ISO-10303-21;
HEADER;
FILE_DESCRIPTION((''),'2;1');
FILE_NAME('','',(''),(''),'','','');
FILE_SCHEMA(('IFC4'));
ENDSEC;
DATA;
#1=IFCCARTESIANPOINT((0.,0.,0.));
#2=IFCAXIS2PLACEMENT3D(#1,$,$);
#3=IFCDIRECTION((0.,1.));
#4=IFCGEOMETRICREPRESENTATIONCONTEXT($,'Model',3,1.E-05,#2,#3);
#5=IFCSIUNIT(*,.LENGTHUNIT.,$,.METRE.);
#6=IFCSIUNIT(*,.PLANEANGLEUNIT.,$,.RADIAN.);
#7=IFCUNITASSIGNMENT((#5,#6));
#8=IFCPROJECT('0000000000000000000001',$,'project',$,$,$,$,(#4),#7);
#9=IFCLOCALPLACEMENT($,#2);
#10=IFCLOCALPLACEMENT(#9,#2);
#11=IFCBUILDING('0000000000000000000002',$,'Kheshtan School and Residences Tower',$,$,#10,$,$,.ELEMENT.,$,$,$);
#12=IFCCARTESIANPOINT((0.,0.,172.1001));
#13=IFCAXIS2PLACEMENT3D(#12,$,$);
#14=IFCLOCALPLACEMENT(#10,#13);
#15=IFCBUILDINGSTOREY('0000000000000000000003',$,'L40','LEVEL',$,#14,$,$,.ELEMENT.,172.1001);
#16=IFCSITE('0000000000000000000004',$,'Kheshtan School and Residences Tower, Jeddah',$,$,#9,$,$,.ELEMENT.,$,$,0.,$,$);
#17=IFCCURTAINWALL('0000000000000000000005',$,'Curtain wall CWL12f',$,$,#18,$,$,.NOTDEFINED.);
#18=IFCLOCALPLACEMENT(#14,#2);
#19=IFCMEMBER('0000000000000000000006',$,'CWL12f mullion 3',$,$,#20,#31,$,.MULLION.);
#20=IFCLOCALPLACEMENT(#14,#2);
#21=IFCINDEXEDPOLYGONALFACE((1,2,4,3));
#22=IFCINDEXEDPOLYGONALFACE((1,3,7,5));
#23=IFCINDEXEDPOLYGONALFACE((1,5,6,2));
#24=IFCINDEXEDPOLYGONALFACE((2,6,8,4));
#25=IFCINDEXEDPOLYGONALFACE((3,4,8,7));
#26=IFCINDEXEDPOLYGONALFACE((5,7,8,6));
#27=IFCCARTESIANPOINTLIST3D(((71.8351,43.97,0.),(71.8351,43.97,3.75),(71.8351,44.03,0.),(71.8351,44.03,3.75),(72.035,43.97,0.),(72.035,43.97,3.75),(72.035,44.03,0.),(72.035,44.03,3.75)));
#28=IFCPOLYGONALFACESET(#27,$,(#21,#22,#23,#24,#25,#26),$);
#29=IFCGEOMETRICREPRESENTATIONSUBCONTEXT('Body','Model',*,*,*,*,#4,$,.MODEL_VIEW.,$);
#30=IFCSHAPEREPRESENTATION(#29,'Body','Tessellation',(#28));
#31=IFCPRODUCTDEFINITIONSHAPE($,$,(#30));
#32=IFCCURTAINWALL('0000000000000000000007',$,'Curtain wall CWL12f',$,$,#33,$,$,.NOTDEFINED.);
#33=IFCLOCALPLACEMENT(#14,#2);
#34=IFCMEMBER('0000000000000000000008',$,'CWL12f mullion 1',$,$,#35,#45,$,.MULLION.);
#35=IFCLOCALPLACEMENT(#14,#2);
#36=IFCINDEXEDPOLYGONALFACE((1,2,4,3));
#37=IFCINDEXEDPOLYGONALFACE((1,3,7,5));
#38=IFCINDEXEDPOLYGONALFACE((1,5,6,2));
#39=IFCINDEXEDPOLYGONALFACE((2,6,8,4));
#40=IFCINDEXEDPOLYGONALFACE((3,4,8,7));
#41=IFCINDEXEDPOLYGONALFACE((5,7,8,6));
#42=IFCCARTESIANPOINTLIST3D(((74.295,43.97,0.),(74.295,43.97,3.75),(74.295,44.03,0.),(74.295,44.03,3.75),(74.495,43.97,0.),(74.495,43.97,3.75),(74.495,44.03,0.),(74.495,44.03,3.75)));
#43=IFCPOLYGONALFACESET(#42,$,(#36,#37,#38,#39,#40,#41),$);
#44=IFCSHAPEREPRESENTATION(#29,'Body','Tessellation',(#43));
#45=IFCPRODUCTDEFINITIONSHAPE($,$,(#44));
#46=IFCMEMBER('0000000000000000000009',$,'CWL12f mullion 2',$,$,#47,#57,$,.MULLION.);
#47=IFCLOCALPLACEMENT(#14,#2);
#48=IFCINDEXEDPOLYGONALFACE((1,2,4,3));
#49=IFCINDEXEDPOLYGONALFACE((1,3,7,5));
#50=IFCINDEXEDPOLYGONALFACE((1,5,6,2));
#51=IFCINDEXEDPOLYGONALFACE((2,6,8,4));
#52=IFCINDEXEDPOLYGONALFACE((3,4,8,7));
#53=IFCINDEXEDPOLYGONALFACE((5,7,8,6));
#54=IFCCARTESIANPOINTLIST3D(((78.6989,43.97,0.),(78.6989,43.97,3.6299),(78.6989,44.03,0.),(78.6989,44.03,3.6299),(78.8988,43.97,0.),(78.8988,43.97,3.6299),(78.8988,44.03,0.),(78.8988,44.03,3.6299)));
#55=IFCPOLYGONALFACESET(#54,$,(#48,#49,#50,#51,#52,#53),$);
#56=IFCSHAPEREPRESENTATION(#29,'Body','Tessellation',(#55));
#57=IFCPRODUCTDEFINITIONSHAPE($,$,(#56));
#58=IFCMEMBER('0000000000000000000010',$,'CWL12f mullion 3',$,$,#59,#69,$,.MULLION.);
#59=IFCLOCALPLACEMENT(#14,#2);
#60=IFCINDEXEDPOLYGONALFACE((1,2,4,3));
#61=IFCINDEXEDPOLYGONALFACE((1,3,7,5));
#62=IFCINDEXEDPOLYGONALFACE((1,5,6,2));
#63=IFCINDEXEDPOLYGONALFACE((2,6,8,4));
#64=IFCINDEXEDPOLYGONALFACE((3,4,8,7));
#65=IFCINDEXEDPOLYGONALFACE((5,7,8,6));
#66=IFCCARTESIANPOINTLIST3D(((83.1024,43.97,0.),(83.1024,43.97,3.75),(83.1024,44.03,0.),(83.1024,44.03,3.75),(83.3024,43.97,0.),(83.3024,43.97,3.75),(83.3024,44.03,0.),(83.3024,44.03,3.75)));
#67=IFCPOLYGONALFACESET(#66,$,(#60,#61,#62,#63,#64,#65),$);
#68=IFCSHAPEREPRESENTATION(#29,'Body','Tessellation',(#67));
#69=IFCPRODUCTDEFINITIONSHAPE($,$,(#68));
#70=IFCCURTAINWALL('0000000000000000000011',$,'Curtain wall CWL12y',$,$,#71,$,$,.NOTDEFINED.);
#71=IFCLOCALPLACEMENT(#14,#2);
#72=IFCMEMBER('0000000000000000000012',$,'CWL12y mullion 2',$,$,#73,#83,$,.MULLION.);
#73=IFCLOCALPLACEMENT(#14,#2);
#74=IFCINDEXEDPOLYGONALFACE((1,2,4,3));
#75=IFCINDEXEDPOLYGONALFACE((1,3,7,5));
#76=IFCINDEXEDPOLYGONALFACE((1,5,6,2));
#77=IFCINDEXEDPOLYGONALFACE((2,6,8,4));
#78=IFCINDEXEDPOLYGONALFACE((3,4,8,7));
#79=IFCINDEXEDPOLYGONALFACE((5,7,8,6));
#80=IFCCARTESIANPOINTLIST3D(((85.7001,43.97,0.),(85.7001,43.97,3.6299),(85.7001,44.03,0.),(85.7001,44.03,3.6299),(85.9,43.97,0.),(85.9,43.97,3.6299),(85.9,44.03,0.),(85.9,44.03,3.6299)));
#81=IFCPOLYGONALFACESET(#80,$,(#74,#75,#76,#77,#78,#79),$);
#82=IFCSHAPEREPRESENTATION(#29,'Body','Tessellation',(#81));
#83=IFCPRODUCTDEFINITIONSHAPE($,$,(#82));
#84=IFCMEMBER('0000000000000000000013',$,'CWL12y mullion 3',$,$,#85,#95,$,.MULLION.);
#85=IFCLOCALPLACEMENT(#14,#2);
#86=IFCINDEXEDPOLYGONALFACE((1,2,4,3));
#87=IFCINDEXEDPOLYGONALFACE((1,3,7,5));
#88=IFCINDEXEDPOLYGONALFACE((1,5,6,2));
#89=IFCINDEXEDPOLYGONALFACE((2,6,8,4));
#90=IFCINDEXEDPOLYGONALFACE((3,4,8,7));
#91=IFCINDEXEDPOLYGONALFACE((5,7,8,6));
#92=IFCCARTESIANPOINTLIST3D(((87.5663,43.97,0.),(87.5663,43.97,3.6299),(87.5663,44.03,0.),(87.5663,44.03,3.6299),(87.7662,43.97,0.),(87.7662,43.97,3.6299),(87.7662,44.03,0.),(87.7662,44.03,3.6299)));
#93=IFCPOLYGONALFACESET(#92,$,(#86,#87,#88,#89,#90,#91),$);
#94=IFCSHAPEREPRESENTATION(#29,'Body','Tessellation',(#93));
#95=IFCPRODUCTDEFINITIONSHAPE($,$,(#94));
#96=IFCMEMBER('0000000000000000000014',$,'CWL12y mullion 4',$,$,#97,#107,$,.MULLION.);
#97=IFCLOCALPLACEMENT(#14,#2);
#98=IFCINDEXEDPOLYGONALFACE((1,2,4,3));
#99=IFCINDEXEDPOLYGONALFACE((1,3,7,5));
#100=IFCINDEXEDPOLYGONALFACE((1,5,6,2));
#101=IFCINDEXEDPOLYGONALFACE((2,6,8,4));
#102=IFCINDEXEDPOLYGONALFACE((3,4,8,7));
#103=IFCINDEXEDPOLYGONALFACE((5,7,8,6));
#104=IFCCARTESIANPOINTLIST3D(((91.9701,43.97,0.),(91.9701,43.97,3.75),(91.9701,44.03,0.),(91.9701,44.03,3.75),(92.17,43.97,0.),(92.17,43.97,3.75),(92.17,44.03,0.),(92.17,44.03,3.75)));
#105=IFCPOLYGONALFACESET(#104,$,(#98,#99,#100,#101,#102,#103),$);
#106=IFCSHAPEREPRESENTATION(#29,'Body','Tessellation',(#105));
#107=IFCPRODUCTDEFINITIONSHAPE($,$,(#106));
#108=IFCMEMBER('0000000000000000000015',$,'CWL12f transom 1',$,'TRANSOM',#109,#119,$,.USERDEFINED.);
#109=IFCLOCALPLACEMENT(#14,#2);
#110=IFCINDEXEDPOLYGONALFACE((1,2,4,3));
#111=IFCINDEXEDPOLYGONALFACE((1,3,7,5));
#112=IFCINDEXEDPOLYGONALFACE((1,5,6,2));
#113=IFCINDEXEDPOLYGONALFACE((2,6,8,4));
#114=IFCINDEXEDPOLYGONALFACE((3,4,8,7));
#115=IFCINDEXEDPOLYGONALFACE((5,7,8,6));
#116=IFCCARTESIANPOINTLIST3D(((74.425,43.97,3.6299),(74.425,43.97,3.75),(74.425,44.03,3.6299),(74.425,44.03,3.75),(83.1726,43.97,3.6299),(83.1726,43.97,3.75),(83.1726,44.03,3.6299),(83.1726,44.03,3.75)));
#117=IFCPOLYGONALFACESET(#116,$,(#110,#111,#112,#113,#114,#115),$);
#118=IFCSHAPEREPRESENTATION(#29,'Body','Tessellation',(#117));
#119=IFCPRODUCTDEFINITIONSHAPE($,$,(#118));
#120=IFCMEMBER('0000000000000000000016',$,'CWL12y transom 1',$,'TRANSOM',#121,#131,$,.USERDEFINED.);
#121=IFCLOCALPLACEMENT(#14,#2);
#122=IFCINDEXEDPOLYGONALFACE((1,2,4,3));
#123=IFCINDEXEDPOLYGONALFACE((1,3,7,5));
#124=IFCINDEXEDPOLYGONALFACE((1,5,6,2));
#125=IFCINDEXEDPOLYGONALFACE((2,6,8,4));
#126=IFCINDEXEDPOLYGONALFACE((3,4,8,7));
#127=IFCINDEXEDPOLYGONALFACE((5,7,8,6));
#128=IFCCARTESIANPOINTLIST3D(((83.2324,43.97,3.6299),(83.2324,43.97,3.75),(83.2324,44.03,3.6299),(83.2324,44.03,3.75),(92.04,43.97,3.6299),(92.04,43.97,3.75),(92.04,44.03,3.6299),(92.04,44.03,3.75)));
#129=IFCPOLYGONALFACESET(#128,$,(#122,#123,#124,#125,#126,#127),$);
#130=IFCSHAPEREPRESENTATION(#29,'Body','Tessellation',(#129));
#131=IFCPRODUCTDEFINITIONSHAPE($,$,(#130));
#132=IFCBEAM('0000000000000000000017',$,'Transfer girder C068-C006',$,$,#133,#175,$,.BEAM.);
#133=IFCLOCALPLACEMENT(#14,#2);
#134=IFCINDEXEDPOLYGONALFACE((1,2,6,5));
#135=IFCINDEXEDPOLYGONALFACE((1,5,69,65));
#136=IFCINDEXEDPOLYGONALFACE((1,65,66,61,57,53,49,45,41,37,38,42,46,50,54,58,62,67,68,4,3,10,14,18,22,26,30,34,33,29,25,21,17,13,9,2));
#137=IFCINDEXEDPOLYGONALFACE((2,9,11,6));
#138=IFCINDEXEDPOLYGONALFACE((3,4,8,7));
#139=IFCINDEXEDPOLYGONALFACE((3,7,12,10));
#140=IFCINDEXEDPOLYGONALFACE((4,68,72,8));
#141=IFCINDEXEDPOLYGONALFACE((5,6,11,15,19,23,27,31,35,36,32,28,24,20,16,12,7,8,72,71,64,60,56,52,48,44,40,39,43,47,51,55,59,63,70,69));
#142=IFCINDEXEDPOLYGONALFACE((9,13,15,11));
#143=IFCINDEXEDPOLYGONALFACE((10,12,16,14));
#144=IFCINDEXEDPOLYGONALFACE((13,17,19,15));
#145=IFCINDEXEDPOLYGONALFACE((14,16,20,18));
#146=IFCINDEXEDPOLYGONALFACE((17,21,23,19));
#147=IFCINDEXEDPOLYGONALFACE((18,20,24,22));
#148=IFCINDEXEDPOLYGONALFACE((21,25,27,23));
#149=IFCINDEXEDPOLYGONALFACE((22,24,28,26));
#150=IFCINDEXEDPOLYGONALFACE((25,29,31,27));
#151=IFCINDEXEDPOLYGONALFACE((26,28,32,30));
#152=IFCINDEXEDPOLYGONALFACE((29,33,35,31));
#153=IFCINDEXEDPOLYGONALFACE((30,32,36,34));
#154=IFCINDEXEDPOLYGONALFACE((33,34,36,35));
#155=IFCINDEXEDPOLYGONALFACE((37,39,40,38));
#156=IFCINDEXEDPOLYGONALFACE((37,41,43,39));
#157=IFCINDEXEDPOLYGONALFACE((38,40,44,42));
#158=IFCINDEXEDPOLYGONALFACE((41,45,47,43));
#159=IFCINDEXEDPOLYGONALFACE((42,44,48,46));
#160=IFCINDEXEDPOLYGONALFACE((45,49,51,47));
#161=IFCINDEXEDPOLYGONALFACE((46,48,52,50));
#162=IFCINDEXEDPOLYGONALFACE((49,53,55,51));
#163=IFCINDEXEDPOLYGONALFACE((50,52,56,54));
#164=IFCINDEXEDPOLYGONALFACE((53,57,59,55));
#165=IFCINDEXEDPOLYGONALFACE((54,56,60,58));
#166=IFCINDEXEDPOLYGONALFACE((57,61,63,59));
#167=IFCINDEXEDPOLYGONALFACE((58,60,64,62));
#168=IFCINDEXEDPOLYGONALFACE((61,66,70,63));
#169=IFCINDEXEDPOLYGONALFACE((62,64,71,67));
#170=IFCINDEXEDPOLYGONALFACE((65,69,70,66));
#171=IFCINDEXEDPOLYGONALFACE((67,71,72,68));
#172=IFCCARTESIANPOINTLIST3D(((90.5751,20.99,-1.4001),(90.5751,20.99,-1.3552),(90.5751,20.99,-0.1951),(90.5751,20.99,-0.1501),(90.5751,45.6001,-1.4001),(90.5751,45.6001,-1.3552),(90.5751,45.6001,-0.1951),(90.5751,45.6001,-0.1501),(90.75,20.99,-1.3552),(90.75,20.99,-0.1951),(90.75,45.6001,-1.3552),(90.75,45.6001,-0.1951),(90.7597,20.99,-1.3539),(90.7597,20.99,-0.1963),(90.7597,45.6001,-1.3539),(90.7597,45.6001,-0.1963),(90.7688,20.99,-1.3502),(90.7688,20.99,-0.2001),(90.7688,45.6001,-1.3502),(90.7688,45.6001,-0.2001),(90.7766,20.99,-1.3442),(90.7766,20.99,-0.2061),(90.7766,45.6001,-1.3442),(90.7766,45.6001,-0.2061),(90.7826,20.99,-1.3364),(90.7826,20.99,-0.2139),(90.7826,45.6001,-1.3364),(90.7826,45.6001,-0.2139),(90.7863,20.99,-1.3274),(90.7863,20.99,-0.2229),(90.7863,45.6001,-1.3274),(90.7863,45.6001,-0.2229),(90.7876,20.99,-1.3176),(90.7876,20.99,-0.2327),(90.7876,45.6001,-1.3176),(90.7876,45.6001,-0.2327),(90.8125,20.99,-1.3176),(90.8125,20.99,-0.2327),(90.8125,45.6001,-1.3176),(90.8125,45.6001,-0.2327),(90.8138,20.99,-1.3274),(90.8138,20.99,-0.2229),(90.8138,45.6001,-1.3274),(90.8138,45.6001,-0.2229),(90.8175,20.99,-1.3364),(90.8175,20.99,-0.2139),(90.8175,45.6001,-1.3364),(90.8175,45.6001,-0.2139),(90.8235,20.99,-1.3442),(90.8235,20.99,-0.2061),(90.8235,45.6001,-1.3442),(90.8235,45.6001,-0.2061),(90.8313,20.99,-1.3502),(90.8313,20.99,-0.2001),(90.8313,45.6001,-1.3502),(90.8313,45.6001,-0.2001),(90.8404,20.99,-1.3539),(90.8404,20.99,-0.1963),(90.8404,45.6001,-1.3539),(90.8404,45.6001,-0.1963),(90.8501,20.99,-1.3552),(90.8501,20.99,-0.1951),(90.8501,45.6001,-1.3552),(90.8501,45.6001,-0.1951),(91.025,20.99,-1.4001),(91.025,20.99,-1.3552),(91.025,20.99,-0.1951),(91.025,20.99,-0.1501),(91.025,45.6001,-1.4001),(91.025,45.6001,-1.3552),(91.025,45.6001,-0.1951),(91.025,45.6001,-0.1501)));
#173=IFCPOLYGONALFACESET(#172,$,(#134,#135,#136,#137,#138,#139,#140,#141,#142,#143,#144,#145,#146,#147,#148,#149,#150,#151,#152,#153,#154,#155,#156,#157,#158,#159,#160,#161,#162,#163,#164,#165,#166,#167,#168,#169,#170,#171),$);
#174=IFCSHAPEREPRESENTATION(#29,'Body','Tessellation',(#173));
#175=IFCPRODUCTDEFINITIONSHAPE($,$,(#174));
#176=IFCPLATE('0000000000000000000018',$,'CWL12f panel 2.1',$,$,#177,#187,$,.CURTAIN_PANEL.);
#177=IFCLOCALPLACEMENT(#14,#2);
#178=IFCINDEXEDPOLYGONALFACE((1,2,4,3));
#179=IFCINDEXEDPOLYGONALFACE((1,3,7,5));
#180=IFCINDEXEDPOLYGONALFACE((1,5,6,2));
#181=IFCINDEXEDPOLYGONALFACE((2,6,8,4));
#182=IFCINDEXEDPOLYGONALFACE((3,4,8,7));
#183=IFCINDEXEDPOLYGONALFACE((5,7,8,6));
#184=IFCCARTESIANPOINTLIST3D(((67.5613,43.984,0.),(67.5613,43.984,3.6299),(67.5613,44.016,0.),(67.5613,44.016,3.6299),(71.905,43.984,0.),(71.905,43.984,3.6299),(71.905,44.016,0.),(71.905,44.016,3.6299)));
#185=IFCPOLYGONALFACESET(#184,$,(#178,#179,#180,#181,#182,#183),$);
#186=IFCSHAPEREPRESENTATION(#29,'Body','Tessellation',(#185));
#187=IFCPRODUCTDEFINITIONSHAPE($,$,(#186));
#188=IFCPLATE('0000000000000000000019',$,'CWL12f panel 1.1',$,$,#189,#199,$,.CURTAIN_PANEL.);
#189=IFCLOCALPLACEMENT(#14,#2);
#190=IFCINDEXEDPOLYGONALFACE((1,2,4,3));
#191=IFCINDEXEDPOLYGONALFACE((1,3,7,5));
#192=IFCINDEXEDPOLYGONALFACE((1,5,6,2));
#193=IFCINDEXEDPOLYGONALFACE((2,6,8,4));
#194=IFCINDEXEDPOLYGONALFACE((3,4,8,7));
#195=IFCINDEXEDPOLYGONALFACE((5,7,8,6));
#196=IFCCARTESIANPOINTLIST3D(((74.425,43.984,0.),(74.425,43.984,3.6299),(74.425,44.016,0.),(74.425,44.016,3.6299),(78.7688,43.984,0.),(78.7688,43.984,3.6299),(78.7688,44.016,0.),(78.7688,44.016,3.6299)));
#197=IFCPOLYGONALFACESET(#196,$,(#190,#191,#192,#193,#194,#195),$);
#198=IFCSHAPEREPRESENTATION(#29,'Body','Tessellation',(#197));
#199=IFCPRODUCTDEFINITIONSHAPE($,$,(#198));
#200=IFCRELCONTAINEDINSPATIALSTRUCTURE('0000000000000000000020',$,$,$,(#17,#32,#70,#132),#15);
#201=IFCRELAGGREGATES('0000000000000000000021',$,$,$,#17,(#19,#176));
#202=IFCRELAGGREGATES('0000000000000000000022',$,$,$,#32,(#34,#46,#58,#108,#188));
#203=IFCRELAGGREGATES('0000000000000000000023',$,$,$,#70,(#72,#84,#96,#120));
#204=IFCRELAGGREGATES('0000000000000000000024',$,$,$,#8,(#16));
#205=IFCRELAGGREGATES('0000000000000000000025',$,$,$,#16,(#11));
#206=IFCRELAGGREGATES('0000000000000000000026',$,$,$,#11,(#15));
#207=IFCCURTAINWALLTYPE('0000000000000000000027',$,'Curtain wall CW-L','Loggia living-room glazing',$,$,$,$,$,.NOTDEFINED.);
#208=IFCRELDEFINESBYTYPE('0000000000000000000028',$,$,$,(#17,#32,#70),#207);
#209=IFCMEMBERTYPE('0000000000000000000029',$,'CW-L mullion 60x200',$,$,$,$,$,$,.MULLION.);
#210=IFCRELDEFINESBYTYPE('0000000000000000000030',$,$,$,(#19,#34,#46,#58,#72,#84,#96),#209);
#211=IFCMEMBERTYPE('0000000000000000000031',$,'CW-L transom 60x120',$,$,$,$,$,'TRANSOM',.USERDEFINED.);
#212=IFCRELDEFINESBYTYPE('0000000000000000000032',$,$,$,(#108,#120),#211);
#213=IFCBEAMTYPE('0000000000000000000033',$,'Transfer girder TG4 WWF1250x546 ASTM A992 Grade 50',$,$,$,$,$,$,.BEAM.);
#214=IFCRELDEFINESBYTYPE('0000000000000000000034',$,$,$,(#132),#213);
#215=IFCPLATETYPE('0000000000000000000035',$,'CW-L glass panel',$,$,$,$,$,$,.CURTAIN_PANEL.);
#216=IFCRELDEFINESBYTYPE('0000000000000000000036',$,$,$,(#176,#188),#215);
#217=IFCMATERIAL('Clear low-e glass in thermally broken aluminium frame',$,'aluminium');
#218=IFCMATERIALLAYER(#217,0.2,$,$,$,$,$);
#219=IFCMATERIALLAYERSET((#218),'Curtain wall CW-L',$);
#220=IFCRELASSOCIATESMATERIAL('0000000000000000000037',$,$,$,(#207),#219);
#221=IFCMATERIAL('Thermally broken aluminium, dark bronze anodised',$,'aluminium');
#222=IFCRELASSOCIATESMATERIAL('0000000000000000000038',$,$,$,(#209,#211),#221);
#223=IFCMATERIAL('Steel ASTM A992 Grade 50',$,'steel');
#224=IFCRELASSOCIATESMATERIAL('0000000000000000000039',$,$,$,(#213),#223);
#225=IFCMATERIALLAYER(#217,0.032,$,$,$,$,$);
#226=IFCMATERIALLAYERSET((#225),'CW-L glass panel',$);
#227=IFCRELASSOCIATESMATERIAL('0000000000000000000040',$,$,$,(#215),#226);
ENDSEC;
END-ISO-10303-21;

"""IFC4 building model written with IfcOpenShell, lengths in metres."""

from ifc_helpers import new_model, si_unit, direction, frame, origin, origin_2d, place, context, subcontext, project, spatial, rectangle, i_section, extrude, material, layer, layer_set, material_profile, profile_set, type_object, element, aggregate, save


model = new_model("IFC4")

# Units and contexts
model_context = context("Model", 3, precision=1e-05, world=origin(), true_north=direction((0.0, 1.0)))
body_context = subcontext(model_context, "Body", "Model", "MODEL_VIEW")
ifc_project = project(units=[si_unit("LENGTHUNIT", "METRE"), si_unit("PLANEANGLEUNIT", "RADIAN")], contexts=[model_context])

# Site, building, storey
site_placement = place(None, origin())
site = spatial("IfcSite", under=ifc_project, at=site_placement, Name="Kheshtan School and Residences Tower, Jeddah", CompositionType="ELEMENT", RefElevation=0.0)
building_placement = place(site_placement, origin())
building = spatial("IfcBuilding", under=site, at=building_placement, Name="Kheshtan School and Residences Tower", CompositionType="ELEMENT")
storey_placement = place(building_placement, frame((0.0, 0.0, 172.1001)))
storey = spatial("IfcBuildingStorey", under=building, at=storey_placement, Name="L40", Description="LEVEL", CompositionType="ELEMENT", Elevation=172.1001)

# Shared definitions
ifc_material_1 = material(Name="Steel ASTM A992 Grade 50", Category="steel")

# Curtain wall, member
ifc_material_2 = material(Name="Clear low-e glass in thermally broken aluminium frame", Category="aluminium")
ifc_layer_1 = layer(ifc_material_2, 0.2)
ifc_layer_set_1 = layer_set([ifc_layer_1], Name="Curtain wall CW-L")
curtain_wall_type = type_object("IfcCurtainWallType", Name="Curtain wall CW-L", Description="Loggia living-room glazing", PredefinedType="NOTDEFINED", material=ifc_layer_set_1)
curtain_wall_1_placement = place(storey_placement, origin())
curtain_wall_1 = element("IfcCurtainWall", 1, at=curtain_wall_1_placement, inside=storey, type_object=curtain_wall_type, Name="Curtain wall CWL12f", PredefinedType="NOTDEFINED")
ifc_material_3 = material(Name="Thermally broken aluminium, dark bronze anodised", Category="aluminium")
ifc_material_profile_1 = material_profile(ifc_material_3, rectangle(XDim=0.0601, YDim=0.2, at=origin_2d()), Name="CW-L mullion 60x200")
ifc_profile_set_1 = profile_set([ifc_material_profile_1], Name="Thermally broken aluminium, dark bronze anodised")
member_type_1 = type_object("IfcMemberType", Name="CW-L mullion 60x200", PredefinedType="MULLION", material=ifc_profile_set_1)
member_1_placement = place(storey_placement, frame((71.9351, 44.0, 0.0), z_axis=(0.0, 0.0, 1.0), x_axis=(0.0, 1.0, 0.0)))
member_1 = element("IfcMember", 2, at=member_1_placement, type_object=member_type_1, Name="CWL12f mullion 3", PredefinedType="MULLION", context=body_context, shape_type="SweptSolid", body=[
    extrude(rectangle(XDim=0.0601, YDim=0.2, at=origin_2d()), origin(), (0.0, 0.0, 1.0), 3.75),
])

# Curtain walls, members
curtain_wall_2_placement = place(storey_placement, origin())
curtain_wall_2 = element("IfcCurtainWall", 3, at=curtain_wall_2_placement, inside=storey, type_object=curtain_wall_type, Name="Curtain wall CWL12f", PredefinedType="NOTDEFINED")
member_2_placement = place(storey_placement, frame((74.395, 44.0, 0.0), z_axis=(0.0, 0.0, 1.0), x_axis=(0.0, 1.0, 0.0)))
member_2 = element("IfcMember", 4, at=member_2_placement, type_object=member_type_1, Name="CWL12f mullion 1", PredefinedType="MULLION", context=body_context, shape_type="SweptSolid", body=[
    extrude(rectangle(XDim=0.0601, YDim=0.2, at=origin_2d()), origin(), (0.0, 0.0, 1.0), 3.75),
])
member_3_placement = place(storey_placement, frame((78.7988, 44.0, 0.0), z_axis=(0.0, 0.0, 1.0), x_axis=(0.0, 1.0, 0.0)))
member_3 = element("IfcMember", 5, at=member_3_placement, type_object=member_type_1, Name="CWL12f mullion 2", PredefinedType="MULLION", context=body_context, shape_type="SweptSolid", body=[
    extrude(rectangle(XDim=0.0601, YDim=0.2, at=origin_2d()), origin(), (0.0, 0.0, 1.0), 3.6299),
])
member_4_placement = place(storey_placement, frame((83.2024, 44.0, 0.0), z_axis=(0.0, 0.0, 1.0), x_axis=(0.0, 1.0, 0.0)))
member_4 = element("IfcMember", 6, at=member_4_placement, type_object=member_type_1, Name="CWL12f mullion 3", PredefinedType="MULLION", context=body_context, shape_type="SweptSolid", body=[
    extrude(rectangle(XDim=0.0601, YDim=0.2, at=origin_2d()), origin(), (0.0, 0.0, 1.0), 3.75),
])
curtain_wall_3_placement = place(storey_placement, origin())
curtain_wall_3 = element("IfcCurtainWall", 7, at=curtain_wall_3_placement, inside=storey, type_object=curtain_wall_type, Name="Curtain wall CWL12y", PredefinedType="NOTDEFINED")
member_5_placement = place(storey_placement, frame((85.8, 44.0, 0.0), z_axis=(0.0, 0.0, 1.0), x_axis=(0.0, 1.0, 0.0)))
member_5 = element("IfcMember", 8, at=member_5_placement, type_object=member_type_1, Name="CWL12y mullion 2", PredefinedType="MULLION", context=body_context, shape_type="SweptSolid", body=[
    extrude(rectangle(XDim=0.0601, YDim=0.2, at=origin_2d()), origin(), (0.0, 0.0, 1.0), 3.6299),
])
member_6_placement = place(storey_placement, frame((87.6663, 44.0, 0.0), z_axis=(0.0, 0.0, 1.0), x_axis=(0.0, 1.0, 0.0)))
member_6 = element("IfcMember", 9, at=member_6_placement, type_object=member_type_1, Name="CWL12y mullion 3", PredefinedType="MULLION", context=body_context, shape_type="SweptSolid", body=[
    extrude(rectangle(XDim=0.0601, YDim=0.2, at=origin_2d()), origin(), (0.0, 0.0, 1.0), 3.6299),
])
member_7_placement = place(storey_placement, frame((92.0701, 44.0, 0.0), z_axis=(0.0, 0.0, 1.0), x_axis=(0.0, 1.0, 0.0)))
member_7 = element("IfcMember", 10, at=member_7_placement, type_object=member_type_1, Name="CWL12y mullion 4", PredefinedType="MULLION", context=body_context, shape_type="SweptSolid", body=[
    extrude(rectangle(XDim=0.0601, YDim=0.2, at=origin_2d()), origin(), (0.0, 0.0, 1.0), 3.75),
])

# Members
ifc_material_profile_2 = material_profile(ifc_material_3, rectangle(XDim=0.0601, YDim=0.1201, at=origin_2d()), Name="CW-L transom 60x120")
ifc_profile_set_2 = profile_set([ifc_material_profile_2], Name="Thermally broken aluminium, dark bronze anodised")
member_type_2 = type_object("IfcMemberType", Name="CW-L transom 60x120", ElementType="TRANSOM", PredefinedType="USERDEFINED", material=ifc_profile_set_2)
member_8_placement = place(storey_placement, frame((74.425, 44.0, 3.6899), z_axis=(1.0, 0.0, 0.0), x_axis=(0.0, 1.0, 0.0)))
member_8 = element("IfcMember", 11, at=member_8_placement, type_object=member_type_2, Name="CWL12f transom 1", ObjectType="TRANSOM", PredefinedType="USERDEFINED", context=body_context, shape_type="SweptSolid", body=[
    extrude(rectangle(XDim=0.0601, YDim=0.1201, at=origin_2d()), origin(), (0.0, 0.0, 1.0), 8.7476),
])
member_9_placement = place(storey_placement, frame((83.2324, 44.0, 3.6899), z_axis=(1.0, 0.0, 0.0), x_axis=(0.0, 1.0, 0.0)))
member_9 = element("IfcMember", 12, at=member_9_placement, type_object=member_type_2, Name="CWL12y transom 1", ObjectType="TRANSOM", PredefinedType="USERDEFINED", context=body_context, shape_type="SweptSolid", body=[
    extrude(rectangle(XDim=0.0601, YDim=0.1201, at=origin_2d()), origin(), (0.0, 0.0, 1.0), 8.8076),
])

# Beam
ifc_material_profile_3 = material_profile(ifc_material_1, i_section(OverallWidth=0.45, OverallDepth=1.25, WebThickness=0.0249, FlangeThickness=0.0449, FilletRadius=0.0376, at=origin_2d()), Name="WWF1250x546")
ifc_profile_set_3 = profile_set([ifc_material_profile_3], Name="Steel ASTM A992 Grade 50")
beam_type_1 = type_object("IfcBeamType", Name="Transfer girder TG4 WWF1250x546 ASTM A992 Grade 50", PredefinedType="BEAM", material=ifc_profile_set_3)
beam_1_placement = place(storey_placement, frame((90.8, 45.6001, -0.7751), z_axis=(0.0, -1.0, 0.0), x_axis=(1.0, 0.0, 0.0)))
element("IfcBeam", 13, at=beam_1_placement, inside=storey, type_object=beam_type_1, Name="Transfer girder C068-C006", PredefinedType="BEAM", context=body_context, shape_type="SweptSolid", body=[
    extrude(i_section(OverallWidth=0.45, OverallDepth=1.25, WebThickness=0.0249, FlangeThickness=0.0449, FilletRadius=0.0376, at=origin_2d()), origin(), (0.0, 0.0, 1.0), 24.6101),
])

# Plates
ifc_layer_2 = layer(ifc_material_2, 0.032)
ifc_layer_set_2 = layer_set([ifc_layer_2], Name="CW-L glass panel")
plate_type = type_object("IfcPlateType", Name="CW-L glass panel", PredefinedType="CURTAIN_PANEL", material=ifc_layer_set_2)
plate_1_placement = place(storey_placement, frame((69.7332, 44.0, 0.0), z_axis=(0.0, 0.0, 1.0), x_axis=(1.0, 0.0, 0.0)))
plate_1 = element("IfcPlate", 14, at=plate_1_placement, type_object=plate_type, Name="CWL12f panel 2.1", PredefinedType="CURTAIN_PANEL", context=body_context, shape_type="SweptSolid", body=[
    extrude(rectangle(XDim=4.3438, YDim=0.032, at=origin_2d()), origin(), (0.0, 0.0, 1.0), 3.6299),
])
aggregate(curtain_wall_1, [member_1, plate_1])
plate_2_placement = place(storey_placement, frame((76.5969, 44.0, 0.0), z_axis=(0.0, 0.0, 1.0), x_axis=(1.0, 0.0, 0.0)))
plate_2 = element("IfcPlate", 15, at=plate_2_placement, type_object=plate_type, Name="CWL12f panel 1.1", PredefinedType="CURTAIN_PANEL", context=body_context, shape_type="SweptSolid", body=[
    extrude(rectangle(XDim=4.3438, YDim=0.032, at=origin_2d()), origin(), (0.0, 0.0, 1.0), 3.6299),
])
aggregate(curtain_wall_2, [member_2, member_3, member_4, member_8, plate_2])
aggregate(curtain_wall_3, [member_5, member_6, member_7, member_9])

save(model, "model.ifc")
